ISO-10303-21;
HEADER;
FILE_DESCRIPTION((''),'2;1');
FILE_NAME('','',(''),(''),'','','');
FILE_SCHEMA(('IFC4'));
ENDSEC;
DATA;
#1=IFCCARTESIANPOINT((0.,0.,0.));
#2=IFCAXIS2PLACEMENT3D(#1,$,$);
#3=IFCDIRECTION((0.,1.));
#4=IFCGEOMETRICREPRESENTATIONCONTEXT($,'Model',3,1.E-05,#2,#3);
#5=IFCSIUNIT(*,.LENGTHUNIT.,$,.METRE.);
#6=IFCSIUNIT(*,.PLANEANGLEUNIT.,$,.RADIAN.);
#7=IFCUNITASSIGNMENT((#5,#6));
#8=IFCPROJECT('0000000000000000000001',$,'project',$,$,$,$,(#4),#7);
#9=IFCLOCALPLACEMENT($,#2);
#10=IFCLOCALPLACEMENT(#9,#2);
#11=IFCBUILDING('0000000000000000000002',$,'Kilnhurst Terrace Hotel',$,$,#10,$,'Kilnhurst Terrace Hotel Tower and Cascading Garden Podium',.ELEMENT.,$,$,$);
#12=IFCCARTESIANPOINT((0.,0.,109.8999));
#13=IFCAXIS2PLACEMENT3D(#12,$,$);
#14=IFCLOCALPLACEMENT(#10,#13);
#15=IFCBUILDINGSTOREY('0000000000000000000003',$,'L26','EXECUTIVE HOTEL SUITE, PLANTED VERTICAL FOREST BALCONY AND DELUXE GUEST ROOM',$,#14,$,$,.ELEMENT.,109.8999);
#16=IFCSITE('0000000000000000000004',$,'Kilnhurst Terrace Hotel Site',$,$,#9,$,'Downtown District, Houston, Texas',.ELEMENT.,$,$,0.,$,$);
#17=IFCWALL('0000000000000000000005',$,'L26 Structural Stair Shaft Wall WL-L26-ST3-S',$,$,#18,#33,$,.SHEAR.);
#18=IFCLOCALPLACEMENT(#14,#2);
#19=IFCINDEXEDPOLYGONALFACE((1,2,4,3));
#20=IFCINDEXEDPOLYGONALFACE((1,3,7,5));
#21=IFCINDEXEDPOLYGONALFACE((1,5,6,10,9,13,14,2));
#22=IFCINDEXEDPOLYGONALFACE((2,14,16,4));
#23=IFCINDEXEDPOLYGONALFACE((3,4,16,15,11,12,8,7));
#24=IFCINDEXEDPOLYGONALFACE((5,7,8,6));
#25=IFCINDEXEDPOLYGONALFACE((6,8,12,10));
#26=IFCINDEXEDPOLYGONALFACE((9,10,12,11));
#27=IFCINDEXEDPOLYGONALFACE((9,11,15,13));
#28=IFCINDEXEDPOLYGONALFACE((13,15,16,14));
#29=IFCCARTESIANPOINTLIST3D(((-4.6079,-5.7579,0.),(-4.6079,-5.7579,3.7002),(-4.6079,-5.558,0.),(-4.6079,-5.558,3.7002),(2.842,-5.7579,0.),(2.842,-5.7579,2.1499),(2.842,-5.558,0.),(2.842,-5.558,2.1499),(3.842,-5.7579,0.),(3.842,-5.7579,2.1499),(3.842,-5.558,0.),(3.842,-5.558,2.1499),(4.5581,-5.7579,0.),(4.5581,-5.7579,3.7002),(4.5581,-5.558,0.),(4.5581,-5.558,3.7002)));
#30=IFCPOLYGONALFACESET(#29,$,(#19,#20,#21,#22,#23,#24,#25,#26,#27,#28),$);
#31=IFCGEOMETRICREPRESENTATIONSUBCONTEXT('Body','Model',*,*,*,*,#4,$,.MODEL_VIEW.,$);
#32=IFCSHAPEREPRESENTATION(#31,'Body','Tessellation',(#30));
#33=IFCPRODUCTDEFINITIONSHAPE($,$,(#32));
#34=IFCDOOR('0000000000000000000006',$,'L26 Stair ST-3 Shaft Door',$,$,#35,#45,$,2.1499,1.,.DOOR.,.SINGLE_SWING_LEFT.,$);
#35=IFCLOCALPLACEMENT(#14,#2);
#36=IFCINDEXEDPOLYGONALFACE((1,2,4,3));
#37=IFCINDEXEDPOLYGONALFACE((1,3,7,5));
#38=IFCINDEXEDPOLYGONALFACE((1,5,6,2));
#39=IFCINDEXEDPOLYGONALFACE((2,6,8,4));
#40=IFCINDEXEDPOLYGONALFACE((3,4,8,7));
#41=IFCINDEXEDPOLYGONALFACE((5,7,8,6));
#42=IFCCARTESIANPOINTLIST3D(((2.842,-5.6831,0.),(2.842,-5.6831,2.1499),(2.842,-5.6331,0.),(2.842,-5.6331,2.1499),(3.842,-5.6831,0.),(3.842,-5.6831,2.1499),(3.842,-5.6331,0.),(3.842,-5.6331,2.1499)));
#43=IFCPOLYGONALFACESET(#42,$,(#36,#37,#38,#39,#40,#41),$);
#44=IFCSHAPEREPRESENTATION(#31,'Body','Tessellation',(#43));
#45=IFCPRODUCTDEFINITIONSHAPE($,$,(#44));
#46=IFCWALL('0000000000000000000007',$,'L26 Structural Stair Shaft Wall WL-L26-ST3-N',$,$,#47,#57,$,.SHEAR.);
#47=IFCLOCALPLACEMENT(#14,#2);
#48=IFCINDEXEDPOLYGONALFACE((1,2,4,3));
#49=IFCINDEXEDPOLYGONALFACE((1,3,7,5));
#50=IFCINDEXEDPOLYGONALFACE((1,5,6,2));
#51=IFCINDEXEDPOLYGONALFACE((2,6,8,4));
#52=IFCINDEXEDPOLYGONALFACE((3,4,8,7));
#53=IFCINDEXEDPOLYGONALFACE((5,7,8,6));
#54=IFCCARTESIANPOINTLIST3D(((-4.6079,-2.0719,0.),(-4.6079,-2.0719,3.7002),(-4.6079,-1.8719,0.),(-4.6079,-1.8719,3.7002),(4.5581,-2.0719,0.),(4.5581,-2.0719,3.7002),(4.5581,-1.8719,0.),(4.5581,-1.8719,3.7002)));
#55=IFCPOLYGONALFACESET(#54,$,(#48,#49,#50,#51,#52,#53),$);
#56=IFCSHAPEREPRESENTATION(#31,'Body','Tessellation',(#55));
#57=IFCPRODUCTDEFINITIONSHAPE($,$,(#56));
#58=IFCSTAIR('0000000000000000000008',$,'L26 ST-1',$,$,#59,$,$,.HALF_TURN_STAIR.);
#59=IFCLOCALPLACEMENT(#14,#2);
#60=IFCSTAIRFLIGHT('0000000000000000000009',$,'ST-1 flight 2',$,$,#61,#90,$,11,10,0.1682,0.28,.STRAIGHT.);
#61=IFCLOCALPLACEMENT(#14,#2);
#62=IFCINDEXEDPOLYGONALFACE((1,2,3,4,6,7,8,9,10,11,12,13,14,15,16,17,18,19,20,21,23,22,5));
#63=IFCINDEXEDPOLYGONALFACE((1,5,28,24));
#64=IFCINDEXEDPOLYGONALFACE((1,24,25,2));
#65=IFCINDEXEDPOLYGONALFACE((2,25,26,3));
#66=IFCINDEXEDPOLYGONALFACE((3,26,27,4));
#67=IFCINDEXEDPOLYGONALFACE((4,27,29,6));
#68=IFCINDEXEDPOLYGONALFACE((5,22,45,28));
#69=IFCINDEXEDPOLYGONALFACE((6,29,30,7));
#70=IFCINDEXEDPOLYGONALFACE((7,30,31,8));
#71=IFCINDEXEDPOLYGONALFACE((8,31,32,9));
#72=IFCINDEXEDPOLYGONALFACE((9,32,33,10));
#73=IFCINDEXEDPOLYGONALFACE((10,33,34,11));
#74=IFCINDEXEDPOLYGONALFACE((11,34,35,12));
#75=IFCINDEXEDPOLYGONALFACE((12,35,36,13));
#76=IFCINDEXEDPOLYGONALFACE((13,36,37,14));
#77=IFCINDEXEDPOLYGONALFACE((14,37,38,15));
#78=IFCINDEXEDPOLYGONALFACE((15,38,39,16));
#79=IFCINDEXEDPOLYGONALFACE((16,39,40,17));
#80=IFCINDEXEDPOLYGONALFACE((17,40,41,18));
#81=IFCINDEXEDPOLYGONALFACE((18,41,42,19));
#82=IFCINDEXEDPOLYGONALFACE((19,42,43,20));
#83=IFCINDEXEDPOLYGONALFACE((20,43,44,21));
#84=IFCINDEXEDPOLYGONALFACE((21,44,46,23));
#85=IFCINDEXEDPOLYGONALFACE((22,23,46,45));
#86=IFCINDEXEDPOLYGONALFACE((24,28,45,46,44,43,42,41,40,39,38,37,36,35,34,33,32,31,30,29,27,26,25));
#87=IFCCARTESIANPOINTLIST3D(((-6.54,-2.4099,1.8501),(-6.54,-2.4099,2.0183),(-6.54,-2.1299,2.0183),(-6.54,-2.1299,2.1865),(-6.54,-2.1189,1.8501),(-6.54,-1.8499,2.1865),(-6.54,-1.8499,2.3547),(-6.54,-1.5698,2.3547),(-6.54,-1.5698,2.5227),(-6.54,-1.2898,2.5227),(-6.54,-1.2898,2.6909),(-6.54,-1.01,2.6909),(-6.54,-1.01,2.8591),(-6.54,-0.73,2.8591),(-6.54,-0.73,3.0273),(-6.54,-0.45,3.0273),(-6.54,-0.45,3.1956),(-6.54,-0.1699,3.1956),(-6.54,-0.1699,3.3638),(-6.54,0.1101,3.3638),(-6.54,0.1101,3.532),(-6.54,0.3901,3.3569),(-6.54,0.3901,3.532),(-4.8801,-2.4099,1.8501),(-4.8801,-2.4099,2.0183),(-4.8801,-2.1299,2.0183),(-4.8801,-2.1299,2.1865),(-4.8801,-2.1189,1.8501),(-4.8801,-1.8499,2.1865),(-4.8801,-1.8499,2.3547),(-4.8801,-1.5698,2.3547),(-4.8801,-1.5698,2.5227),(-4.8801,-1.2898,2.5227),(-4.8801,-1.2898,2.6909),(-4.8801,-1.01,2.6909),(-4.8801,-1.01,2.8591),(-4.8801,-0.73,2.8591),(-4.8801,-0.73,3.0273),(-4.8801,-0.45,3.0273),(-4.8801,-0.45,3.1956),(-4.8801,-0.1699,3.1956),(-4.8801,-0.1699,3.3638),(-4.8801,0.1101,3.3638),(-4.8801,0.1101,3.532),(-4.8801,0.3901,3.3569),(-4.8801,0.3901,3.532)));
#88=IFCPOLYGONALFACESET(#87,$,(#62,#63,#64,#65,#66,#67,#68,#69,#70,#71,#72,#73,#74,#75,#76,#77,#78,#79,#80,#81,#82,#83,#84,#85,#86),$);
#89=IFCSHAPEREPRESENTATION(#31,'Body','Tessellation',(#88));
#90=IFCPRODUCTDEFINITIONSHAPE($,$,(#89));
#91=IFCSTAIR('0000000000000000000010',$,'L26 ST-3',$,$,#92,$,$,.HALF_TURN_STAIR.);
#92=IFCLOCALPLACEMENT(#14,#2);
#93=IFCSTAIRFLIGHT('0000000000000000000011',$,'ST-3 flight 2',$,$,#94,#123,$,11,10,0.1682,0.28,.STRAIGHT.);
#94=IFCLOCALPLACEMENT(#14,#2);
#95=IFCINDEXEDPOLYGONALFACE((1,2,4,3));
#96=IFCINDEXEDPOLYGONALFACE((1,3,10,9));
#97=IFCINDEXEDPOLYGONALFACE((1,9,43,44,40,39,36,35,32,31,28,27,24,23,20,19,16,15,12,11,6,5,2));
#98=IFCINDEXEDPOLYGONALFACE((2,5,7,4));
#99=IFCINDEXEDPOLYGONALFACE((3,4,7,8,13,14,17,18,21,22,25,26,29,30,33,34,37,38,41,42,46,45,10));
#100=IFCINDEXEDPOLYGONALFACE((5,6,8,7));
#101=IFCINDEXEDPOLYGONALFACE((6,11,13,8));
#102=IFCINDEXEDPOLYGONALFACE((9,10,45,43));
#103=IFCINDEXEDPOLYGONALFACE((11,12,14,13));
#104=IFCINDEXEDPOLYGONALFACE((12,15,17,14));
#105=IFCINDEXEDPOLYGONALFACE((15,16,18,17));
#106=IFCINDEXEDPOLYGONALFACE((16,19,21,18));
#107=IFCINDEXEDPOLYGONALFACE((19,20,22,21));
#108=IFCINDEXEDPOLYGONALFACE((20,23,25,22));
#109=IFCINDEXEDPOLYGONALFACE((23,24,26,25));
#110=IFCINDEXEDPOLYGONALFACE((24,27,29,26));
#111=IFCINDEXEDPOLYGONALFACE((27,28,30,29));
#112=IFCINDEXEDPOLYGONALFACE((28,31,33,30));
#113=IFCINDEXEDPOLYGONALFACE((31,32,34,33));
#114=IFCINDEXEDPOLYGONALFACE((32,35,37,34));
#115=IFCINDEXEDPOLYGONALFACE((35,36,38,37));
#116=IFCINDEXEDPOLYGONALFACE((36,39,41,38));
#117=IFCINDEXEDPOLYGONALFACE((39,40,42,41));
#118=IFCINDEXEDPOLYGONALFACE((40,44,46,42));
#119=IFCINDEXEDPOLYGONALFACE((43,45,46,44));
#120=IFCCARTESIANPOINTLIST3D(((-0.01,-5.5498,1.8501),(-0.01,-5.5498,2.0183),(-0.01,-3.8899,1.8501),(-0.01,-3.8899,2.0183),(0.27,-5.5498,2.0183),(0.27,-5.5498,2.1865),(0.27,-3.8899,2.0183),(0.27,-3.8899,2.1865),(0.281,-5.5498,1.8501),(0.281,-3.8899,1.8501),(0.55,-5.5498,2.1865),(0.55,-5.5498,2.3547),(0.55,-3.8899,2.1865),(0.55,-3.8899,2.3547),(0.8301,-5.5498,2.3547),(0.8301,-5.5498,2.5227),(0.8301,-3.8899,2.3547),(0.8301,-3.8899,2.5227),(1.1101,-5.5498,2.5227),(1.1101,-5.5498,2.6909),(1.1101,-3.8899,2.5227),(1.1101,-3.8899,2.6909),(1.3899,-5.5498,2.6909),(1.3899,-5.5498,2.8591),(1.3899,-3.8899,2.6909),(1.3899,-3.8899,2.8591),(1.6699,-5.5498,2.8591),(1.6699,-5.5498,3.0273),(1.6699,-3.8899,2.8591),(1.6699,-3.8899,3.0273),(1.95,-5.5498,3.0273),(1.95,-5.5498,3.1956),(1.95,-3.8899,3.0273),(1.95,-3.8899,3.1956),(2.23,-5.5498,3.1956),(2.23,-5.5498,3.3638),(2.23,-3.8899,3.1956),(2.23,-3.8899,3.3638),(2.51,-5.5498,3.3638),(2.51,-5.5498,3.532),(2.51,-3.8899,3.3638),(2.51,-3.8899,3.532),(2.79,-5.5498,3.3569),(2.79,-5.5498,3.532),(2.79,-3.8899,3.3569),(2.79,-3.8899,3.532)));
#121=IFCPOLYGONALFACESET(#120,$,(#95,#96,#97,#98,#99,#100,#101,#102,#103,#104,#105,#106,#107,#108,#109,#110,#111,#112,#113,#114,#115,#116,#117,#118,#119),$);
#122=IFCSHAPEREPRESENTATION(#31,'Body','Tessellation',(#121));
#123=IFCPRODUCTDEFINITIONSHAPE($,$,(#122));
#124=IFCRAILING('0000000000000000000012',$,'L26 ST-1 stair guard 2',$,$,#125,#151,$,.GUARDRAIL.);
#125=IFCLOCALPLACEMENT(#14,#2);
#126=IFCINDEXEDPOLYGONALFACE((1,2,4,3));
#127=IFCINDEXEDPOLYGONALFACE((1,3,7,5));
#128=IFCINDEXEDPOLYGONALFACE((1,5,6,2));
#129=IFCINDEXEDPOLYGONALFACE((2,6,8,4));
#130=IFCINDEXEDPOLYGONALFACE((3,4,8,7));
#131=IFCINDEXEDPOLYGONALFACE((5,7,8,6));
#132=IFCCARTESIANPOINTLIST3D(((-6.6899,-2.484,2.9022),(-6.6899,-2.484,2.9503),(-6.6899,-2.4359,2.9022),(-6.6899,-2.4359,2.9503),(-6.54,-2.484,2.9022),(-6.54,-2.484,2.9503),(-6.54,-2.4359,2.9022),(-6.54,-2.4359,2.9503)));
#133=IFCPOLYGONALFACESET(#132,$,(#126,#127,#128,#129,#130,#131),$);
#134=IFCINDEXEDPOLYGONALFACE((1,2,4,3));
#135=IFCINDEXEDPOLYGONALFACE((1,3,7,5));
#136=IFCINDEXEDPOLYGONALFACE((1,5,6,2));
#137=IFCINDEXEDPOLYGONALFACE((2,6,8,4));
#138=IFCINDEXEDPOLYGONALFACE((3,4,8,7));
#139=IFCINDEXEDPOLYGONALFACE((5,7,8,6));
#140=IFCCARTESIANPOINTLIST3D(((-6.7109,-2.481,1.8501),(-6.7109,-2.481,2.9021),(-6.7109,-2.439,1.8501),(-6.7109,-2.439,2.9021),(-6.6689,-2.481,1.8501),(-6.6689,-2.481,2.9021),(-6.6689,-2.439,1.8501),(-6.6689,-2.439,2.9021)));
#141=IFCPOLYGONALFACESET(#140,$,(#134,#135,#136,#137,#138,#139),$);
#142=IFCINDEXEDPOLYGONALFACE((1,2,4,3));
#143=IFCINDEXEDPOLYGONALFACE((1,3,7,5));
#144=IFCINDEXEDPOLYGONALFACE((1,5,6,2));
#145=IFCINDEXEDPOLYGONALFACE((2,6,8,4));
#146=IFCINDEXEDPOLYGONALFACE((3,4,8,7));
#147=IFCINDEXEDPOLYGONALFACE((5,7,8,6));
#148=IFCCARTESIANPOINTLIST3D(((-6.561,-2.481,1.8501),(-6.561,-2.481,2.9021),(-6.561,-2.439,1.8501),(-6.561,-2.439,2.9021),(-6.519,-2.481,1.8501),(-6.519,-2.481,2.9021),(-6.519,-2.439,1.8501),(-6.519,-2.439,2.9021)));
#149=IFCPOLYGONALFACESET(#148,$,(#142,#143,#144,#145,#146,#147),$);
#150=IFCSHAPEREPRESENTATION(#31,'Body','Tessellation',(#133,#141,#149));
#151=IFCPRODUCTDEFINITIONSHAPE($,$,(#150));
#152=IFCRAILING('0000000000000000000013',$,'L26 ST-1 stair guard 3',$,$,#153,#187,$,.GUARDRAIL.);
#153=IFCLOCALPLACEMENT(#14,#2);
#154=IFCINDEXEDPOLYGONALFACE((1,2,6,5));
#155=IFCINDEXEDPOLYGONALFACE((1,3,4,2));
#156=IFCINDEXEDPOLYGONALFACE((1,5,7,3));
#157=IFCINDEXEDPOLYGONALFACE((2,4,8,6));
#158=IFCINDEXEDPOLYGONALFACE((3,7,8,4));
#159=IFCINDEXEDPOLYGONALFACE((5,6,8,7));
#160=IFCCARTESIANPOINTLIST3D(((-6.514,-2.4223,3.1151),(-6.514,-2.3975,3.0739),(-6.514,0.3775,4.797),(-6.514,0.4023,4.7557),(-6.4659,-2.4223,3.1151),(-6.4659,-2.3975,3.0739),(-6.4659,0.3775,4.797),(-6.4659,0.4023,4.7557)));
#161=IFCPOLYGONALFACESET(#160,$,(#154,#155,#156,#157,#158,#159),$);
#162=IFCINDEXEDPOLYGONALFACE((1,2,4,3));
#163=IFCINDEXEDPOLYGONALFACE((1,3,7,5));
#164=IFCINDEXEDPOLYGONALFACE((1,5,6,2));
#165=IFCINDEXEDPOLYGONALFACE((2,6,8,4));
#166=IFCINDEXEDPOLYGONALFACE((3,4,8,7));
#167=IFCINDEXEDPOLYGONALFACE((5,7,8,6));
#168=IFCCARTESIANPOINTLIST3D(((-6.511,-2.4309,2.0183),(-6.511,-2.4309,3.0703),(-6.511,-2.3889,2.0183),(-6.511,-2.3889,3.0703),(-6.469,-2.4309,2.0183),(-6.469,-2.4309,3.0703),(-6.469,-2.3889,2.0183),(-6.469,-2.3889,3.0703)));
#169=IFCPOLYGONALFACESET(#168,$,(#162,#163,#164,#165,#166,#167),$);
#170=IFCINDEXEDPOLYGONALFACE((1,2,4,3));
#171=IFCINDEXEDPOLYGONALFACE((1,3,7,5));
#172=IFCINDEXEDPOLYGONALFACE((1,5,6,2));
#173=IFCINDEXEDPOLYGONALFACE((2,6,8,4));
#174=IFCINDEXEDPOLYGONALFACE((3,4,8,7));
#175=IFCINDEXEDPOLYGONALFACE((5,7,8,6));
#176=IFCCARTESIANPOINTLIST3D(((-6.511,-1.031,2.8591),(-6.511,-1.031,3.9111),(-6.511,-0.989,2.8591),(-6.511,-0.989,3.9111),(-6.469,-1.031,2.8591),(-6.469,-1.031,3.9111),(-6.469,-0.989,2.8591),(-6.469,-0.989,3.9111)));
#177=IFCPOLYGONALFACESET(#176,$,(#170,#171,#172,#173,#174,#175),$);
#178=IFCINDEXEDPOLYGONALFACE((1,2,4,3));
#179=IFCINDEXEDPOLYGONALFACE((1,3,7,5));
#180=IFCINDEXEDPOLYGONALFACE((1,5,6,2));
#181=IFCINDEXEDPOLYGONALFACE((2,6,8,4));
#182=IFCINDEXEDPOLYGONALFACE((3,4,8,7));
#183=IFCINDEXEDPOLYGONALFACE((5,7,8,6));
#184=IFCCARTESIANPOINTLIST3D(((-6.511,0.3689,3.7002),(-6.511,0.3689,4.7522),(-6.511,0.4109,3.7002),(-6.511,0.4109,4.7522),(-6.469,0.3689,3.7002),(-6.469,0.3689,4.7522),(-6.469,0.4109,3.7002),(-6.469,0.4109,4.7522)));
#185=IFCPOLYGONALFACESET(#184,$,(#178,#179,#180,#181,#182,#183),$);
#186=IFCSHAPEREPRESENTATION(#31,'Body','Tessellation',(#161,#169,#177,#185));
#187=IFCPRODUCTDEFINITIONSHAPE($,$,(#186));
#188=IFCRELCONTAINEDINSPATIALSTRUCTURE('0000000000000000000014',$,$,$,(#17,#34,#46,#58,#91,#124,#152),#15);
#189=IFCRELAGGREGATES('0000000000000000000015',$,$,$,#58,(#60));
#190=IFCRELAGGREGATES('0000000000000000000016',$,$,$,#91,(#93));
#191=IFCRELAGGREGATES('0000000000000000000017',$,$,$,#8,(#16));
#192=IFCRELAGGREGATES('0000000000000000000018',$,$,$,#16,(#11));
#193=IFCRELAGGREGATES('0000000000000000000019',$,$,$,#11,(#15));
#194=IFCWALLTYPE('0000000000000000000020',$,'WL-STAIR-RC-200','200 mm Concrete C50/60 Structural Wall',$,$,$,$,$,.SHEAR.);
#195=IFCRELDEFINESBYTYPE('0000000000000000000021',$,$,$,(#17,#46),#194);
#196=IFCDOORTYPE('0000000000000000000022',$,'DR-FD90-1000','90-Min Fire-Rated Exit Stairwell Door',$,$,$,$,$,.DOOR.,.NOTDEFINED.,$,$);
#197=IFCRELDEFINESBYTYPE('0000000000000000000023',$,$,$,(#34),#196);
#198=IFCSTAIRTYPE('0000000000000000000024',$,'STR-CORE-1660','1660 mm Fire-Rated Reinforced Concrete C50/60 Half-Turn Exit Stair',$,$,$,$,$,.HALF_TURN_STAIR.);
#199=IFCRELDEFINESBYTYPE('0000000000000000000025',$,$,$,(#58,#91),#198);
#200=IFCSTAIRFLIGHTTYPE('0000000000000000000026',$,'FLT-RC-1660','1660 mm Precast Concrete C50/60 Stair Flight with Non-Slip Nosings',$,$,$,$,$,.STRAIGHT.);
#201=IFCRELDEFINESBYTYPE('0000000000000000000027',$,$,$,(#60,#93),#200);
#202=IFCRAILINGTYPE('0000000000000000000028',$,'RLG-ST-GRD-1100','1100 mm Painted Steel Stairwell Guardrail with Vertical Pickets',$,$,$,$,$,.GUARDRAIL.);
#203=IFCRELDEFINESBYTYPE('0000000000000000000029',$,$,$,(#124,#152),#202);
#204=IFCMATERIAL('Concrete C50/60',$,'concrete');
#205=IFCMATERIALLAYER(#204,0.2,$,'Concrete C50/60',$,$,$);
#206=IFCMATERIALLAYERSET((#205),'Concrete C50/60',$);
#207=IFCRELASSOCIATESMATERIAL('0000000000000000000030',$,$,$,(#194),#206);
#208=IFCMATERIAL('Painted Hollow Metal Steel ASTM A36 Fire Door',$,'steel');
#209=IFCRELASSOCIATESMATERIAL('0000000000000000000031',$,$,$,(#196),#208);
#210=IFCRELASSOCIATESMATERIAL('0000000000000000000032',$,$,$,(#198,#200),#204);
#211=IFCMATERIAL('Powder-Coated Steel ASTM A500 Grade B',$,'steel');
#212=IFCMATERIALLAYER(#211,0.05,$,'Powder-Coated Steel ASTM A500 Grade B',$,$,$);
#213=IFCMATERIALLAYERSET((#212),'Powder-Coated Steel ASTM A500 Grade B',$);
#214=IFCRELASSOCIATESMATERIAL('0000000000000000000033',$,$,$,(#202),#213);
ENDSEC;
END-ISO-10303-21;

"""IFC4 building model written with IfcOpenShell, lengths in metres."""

from ifc_helpers import new_model, si_unit, direction, frame, frame_2d, origin, origin_2d, place, context, subcontext, project, spatial, polyline, rectangle, outline, extrude, material, layer, layer_set, type_object, element, fill, aggregate, save


model = new_model("IFC4")

# Units and contexts
model_context = context("Model", 3, precision=1e-05, world=origin(), true_north=direction((0.0, 1.0)))
body_context = subcontext(model_context, "Body", "Model", "MODEL_VIEW")
ifc_project = project(units=[si_unit("LENGTHUNIT", "METRE"), si_unit("PLANEANGLEUNIT", "RADIAN")], contexts=[model_context])

# Site, building, storey
site_placement = place(None, origin())
site = spatial("IfcSite", under=ifc_project, at=site_placement, Name="Kilnhurst Terrace Hotel Site", LongName="Downtown District, Houston, Texas", CompositionType="ELEMENT", RefElevation=0.0)
building_placement = place(site_placement, origin())
building = spatial("IfcBuilding", under=site, at=building_placement, Name="Kilnhurst Terrace Hotel", LongName="Kilnhurst Terrace Hotel Tower and Cascading Garden Podium", CompositionType="ELEMENT")
storey_placement = place(building_placement, frame((0.0, 0.0, 109.8999)))
storey = spatial("IfcBuildingStorey", under=building, at=storey_placement, Name="L26", Description="EXECUTIVE HOTEL SUITE, PLANTED VERTICAL FOREST BALCONY AND DELUXE GUEST ROOM", CompositionType="ELEMENT", Elevation=109.8999)

# Shared definitions
ifc_material_1 = material(Name="Concrete C50/60", Category="concrete")

# Shared definitions
ifc_material_2 = material(Name="Painted Hollow Metal Steel ASTM A36 Fire Door", Category="steel")

# Shared definitions
ifc_layer_1 = layer(ifc_material_1, 0.2, Name="Concrete C50/60")
ifc_layer_set_1 = layer_set([ifc_layer_1], Name="Concrete C50/60")
wall_type_1 = type_object("IfcWallType", Name="WL-STAIR-RC-200", Description="200 mm Concrete C50/60 Structural Wall", PredefinedType="SHEAR", material=ifc_layer_set_1)

# Wall, opening, door
wall_1_placement = place(storey_placement, frame((-4.6079, -5.658, 0.0), z_axis=(0.0, 0.0, 1.0), x_axis=(1.0, 0.0, 0.0)))
wall_1 = element("IfcWall", 1, at=wall_1_placement, inside=storey, type_object=wall_type_1, Name="L26 Structural Stair Shaft Wall WL-L26-ST3-S", PredefinedType="SHEAR", context=body_context, shape_type="SweptSolid", body=[
    extrude(rectangle(XDim=9.166, YDim=0.2, at=frame_2d((4.583, 0.0))), origin(), (0.0, 0.0, 1.0), 3.7002),
])
opening_1_placement = place(wall_1_placement, frame((7.45, 0.0, 0.0)))
opening_1 = element("IfcOpeningElement", 2, at=opening_1_placement, cuts=wall_1, PredefinedType="OPENING", context=body_context, shape_type="SweptSolid", body=[
    extrude(rectangle(XDim=1.0, YDim=2.1499, at=frame_2d((0.5, 1.075))), frame((0.0, 0.1099, 0.0), z_axis=(0.0, -1.0, 0.0), x_axis=(1.0, 0.0, 0.0)), (0.0, 0.0, 1.0), 0.22),
])
door_type_1 = type_object("IfcDoorType", Name="DR-FD90-1000", Description="90-Min Fire-Rated Exit Stairwell Door", OperationType="NOTDEFINED", PredefinedType="DOOR", material=ifc_material_2)
door_1_placement = place(opening_1_placement, origin())
door_1 = element("IfcDoor", 3, at=door_1_placement, inside=storey, type_object=door_type_1, Name="L26 Stair ST-3 Shaft Door", OperationType="SINGLE_SWING_LEFT", OverallHeight=2.1499, OverallWidth=1.0, PredefinedType="DOOR", context=body_context, shape_type="SweptSolid", body=[
    extrude(rectangle(XDim=1.0, YDim=2.1499, at=frame_2d((0.5, 1.075))), frame((0.0, 0.0249, 0.0), z_axis=(0.0, -1.0, 0.0), x_axis=(1.0, 0.0, 0.0)), (0.0, 0.0, 1.0), 0.05),
])
fill(opening_1, door_1)

# Wall
wall_2_placement = place(storey_placement, frame((-4.6079, -1.9719, 0.0), z_axis=(0.0, 0.0, 1.0), x_axis=(1.0, 0.0, 0.0)))
element("IfcWall", 4, at=wall_2_placement, inside=storey, type_object=wall_type_1, Name="L26 Structural Stair Shaft Wall WL-L26-ST3-N", PredefinedType="SHEAR", context=body_context, shape_type="SweptSolid", body=[
    extrude(rectangle(XDim=9.166, YDim=0.2, at=frame_2d((4.583, 0.0))), origin(), (0.0, 0.0, 1.0), 3.7002),
])

# Stairs, stair flights
stair_type = type_object("IfcStairType", Name="STR-CORE-1660", Description="1660 mm Fire-Rated Reinforced Concrete C50/60 Half-Turn Exit Stair", PredefinedType="HALF_TURN_STAIR", material=ifc_material_1)
stair_1_placement = place(storey_placement, origin())
stair_1 = element("IfcStair", 5, at=stair_1_placement, inside=storey, type_object=stair_type, Name="L26 ST-1", PredefinedType="HALF_TURN_STAIR")
stair_flight_type = type_object("IfcStairFlightType", Name="FLT-RC-1660", Description="1660 mm Precast Concrete C50/60 Stair Flight with Non-Slip Nosings", PredefinedType="STRAIGHT", material=ifc_material_1)
stair_flight_1_placement = place(storey_placement, frame((-5.71, -2.4099, 1.8501), z_axis=(0.0, 0.0, 1.0), x_axis=(0.0, 1.0, 0.0)))
stair_flight_1 = element("IfcStairFlight", 6, at=stair_flight_1_placement, type_object=stair_flight_type, Name="ST-1 flight 2", NumberOfRisers=11, NumberOfTreads=10, PredefinedType="STRAIGHT", RiserHeight=0.1682, TreadLength=0.28, context=body_context, shape_type="SweptSolid", body=[
    extrude(outline(polyline([(0.0, 0.0), (0.0, 0.1682), (0.28, 0.1682), (0.28, 0.3364), (0.5601, 0.3364), (0.5601, 0.5046), (0.8401, 0.5046), (0.8401, 0.6726), (1.1201, 0.6726), (1.1201, 0.8408), (1.3999, 0.8408), (1.3999, 1.009), (1.6799, 1.009), (1.6799, 1.1772), (1.96, 1.1772), (1.96, 1.3455), (2.24, 1.3455), (2.24, 1.5137), (2.52, 1.5137), (2.52, 1.6819), (2.8, 1.6819), (2.8, 1.8501), (2.8, 1.5068), (0.291, 0.0), (0.0, 0.0)])), frame((0.0, 0.8301, 0.0), z_axis=(0.0, -1.0, 0.0), x_axis=(1.0, 0.0, 0.0)), (0.0, 0.0, 1.0), 1.6599),
])
aggregate(stair_1, [stair_flight_1])
stair_2_placement = place(storey_placement, origin())
stair_2 = element("IfcStair", 7, at=stair_2_placement, inside=storey, type_object=stair_type, Name="L26 ST-3", PredefinedType="HALF_TURN_STAIR")
stair_flight_2_placement = place(storey_placement, frame((-0.01, -4.72, 1.8501), z_axis=(0.0, 0.0, 1.0), x_axis=(1.0, 0.0, 0.0)))
stair_flight_2 = element("IfcStairFlight", 8, at=stair_flight_2_placement, type_object=stair_flight_type, Name="ST-3 flight 2", NumberOfRisers=11, NumberOfTreads=10, PredefinedType="STRAIGHT", RiserHeight=0.1682, TreadLength=0.28, context=body_context, shape_type="SweptSolid", body=[
    extrude(outline(polyline([(0.0, 0.0), (0.0, 0.1682), (0.28, 0.1682), (0.28, 0.3364), (0.5601, 0.3364), (0.5601, 0.5046), (0.8401, 0.5046), (0.8401, 0.6726), (1.1201, 0.6726), (1.1201, 0.8408), (1.3999, 0.8408), (1.3999, 1.009), (1.6799, 1.009), (1.6799, 1.1772), (1.96, 1.1772), (1.96, 1.3455), (2.24, 1.3455), (2.24, 1.5137), (2.52, 1.5137), (2.52, 1.6819), (2.8, 1.6819), (2.8, 1.8501), (2.8, 1.5068), (0.291, 0.0), (0.0, 0.0)])), frame((0.0, 0.8301, 0.0), z_axis=(0.0, -1.0, 0.0), x_axis=(1.0, 0.0, 0.0)), (0.0, 0.0, 1.0), 1.6599),
])
aggregate(stair_2, [stair_flight_2])

# Railings
ifc_material_3 = material(Name="Powder-Coated Steel ASTM A500 Grade B", Category="steel")
ifc_layer_2 = layer(ifc_material_3, 0.05, Name="Powder-Coated Steel ASTM A500 Grade B")
ifc_layer_set_2 = layer_set([ifc_layer_2], Name="Powder-Coated Steel ASTM A500 Grade B")
railing_type_1 = type_object("IfcRailingType", Name="RLG-ST-GRD-1100", Description="1100 mm Painted Steel Stairwell Guardrail with Vertical Pickets", PredefinedType="GUARDRAIL", material=ifc_layer_set_2)
railing_1_placement = place(storey_placement, frame((-6.6899, -2.46, 1.8501)))
element("IfcRailing", 9, at=railing_1_placement, inside=storey, type_object=railing_type_1, Name="L26 ST-1 stair guard 2", PredefinedType="GUARDRAIL", context=body_context, shape_type="SweptSolid", body=[
    extrude(rectangle(XDim=0.0481, YDim=0.0481, at=origin_2d()), frame((0.0, 0.0, 1.0762), z_axis=(1.0, 0.0, 0.0), x_axis=(0.0, 1.0, 0.0)), (0.0, 0.0, 1.0), 0.1499),
    extrude(rectangle(XDim=0.042, YDim=0.042, at=origin_2d()), origin(), (0.0, 0.0, 1.0), 1.052),
    extrude(rectangle(XDim=0.042, YDim=0.042, at=origin_2d()), frame((0.1499, 0.0, 0.0)), (0.0, 0.0, 1.0), 1.052),
])
railing_2_placement = place(storey_placement, frame((-6.49, -2.4099, 2.0183)))
element("IfcRailing", 10, at=railing_2_placement, inside=storey, type_object=railing_type_1, Name="L26 ST-1 stair guard 3", PredefinedType="GUARDRAIL", context=body_context, shape_type="SweptSolid", body=[
    extrude(rectangle(XDim=0.0481, YDim=0.0481, at=origin_2d()), frame((0.0, 0.0, 1.0762), z_axis=(0.0, 0.857222, 0.514946), x_axis=(-1.0, 0.0, 0.0)), (0.0, 0.0, 1.0), 3.2661),
    extrude(rectangle(XDim=0.042, YDim=0.042, at=origin_2d()), origin(), (0.0, 0.0, 1.0), 1.052),
    extrude(rectangle(XDim=0.042, YDim=0.042, at=origin_2d()), frame((0.0, 1.3999, 0.8408)), (0.0, 0.0, 1.0), 1.052),
    extrude(rectangle(XDim=0.042, YDim=0.042, at=origin_2d()), frame((0.0, 2.7998, 1.6819)), (0.0, 0.0, 1.0), 1.052),
])

save(model, "model.ifc")
